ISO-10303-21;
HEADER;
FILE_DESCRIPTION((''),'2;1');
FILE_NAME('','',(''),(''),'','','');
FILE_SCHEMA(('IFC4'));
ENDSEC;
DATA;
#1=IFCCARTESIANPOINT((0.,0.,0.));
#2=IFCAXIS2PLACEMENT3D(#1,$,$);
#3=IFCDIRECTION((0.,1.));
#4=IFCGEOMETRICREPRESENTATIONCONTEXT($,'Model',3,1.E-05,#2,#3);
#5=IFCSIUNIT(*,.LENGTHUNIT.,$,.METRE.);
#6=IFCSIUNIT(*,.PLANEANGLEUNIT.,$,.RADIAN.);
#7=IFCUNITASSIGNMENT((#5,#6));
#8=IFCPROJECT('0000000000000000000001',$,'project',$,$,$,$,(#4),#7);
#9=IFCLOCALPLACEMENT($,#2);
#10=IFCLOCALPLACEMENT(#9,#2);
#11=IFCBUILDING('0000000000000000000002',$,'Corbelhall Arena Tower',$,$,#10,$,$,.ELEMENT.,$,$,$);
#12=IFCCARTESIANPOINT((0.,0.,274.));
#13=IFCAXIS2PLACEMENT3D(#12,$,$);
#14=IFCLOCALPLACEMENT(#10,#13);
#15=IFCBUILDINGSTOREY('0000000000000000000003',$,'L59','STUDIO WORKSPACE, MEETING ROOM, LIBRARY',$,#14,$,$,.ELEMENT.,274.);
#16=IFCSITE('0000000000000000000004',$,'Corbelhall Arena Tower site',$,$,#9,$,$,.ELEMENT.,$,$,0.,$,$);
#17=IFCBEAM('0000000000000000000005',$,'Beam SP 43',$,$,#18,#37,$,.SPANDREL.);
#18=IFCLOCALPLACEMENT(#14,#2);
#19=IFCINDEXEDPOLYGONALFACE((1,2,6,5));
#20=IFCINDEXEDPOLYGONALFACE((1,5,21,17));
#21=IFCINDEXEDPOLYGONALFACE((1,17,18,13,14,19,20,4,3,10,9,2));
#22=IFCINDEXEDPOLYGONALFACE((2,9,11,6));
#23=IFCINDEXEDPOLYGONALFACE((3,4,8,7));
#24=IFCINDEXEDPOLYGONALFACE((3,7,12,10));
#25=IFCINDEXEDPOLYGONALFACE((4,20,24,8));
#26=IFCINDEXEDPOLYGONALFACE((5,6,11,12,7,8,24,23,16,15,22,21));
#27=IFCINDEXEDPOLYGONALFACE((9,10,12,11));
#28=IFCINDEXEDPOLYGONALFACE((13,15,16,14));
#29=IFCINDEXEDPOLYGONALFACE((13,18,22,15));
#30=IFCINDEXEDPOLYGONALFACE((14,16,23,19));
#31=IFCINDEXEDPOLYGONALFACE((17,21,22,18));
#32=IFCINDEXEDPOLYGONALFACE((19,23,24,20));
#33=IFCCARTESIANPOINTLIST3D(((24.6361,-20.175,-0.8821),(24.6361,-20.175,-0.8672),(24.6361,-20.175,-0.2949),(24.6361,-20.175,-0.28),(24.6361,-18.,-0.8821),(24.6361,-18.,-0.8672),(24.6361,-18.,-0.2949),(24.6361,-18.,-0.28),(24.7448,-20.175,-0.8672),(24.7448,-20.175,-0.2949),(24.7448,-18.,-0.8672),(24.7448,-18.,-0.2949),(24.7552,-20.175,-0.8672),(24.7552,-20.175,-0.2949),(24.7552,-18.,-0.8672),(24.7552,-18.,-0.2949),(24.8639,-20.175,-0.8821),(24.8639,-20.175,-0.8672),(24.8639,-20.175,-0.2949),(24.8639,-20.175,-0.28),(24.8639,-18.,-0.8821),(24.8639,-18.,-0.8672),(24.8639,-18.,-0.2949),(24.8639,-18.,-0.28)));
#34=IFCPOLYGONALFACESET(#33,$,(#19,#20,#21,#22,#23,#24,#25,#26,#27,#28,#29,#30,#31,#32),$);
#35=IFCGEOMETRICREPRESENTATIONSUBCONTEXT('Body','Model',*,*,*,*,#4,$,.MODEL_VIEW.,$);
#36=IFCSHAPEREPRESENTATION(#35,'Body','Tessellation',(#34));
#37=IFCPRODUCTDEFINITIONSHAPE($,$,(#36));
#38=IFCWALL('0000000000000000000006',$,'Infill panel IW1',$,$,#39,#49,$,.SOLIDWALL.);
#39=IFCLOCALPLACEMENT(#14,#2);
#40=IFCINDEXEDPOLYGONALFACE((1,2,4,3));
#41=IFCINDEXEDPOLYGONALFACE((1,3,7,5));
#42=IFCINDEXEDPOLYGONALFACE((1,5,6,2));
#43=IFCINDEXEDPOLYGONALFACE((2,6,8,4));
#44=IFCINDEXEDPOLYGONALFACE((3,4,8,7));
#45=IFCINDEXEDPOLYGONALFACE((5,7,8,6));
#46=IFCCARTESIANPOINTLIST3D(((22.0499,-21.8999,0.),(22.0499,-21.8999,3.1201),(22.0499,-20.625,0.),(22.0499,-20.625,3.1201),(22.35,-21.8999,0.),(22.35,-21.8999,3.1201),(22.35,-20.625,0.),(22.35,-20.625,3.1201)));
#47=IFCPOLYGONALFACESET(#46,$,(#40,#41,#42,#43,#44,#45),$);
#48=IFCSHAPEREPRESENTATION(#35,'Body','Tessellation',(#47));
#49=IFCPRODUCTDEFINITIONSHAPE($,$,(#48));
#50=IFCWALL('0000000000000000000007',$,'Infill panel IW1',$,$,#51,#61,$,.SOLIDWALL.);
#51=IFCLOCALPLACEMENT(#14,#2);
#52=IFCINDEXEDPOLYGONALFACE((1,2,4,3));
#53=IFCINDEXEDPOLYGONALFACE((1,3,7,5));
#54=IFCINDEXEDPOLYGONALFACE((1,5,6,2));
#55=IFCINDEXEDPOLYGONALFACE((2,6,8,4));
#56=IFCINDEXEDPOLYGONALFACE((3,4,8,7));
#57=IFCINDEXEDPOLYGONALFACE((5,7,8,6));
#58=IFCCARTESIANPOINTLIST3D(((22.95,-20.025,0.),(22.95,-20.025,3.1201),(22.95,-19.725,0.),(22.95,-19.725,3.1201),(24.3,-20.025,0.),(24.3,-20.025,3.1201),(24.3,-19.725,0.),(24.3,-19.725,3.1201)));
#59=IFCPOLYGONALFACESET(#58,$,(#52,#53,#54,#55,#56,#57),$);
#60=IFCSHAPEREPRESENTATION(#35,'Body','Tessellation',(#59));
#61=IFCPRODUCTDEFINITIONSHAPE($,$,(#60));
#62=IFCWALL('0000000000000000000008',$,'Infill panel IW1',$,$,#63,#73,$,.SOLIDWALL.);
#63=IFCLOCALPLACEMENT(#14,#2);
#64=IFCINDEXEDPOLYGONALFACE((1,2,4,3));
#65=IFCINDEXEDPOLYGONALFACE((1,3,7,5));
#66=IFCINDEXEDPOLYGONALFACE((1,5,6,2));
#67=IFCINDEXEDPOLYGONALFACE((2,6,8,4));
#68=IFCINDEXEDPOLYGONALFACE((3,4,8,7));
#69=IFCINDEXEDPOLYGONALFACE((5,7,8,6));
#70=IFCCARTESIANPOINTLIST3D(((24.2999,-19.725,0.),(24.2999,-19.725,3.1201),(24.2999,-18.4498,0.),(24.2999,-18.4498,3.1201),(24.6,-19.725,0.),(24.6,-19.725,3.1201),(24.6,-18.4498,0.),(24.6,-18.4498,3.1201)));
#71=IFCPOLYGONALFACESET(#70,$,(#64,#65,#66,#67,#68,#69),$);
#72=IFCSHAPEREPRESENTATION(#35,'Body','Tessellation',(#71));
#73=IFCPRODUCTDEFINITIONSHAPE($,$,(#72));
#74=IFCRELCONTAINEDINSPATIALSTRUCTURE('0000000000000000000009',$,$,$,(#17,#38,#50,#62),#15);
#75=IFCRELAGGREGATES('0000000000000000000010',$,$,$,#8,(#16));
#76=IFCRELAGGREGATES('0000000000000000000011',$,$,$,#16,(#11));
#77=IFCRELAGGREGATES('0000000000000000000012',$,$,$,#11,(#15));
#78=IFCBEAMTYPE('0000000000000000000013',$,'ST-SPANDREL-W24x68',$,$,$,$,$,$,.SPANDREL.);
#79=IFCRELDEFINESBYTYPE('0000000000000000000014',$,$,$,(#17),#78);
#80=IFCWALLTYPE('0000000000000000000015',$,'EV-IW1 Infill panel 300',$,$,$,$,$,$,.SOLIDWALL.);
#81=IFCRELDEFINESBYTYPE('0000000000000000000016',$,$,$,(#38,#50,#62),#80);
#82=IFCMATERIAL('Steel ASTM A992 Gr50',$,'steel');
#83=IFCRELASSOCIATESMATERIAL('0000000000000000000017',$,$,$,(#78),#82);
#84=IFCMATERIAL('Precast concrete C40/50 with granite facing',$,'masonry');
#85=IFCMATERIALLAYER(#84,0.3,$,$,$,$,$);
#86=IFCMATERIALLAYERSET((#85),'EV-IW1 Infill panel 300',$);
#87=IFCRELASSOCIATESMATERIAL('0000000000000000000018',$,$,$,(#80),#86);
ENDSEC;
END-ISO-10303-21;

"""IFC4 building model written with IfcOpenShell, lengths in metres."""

from ifc_helpers import new_model, si_unit, direction, frame, frame_2d, origin, origin_2d, place, context, subcontext, project, spatial, rectangle, i_section, extrude, material, layer, layer_set, material_profile, profile_set, type_object, element, save


model = new_model("IFC4")

# Units and contexts
model_context = context("Model", 3, precision=1e-05, world=origin(), true_north=direction((0.0, 1.0)))
body_context = subcontext(model_context, "Body", "Model", "MODEL_VIEW")
ifc_project = project(units=[si_unit("LENGTHUNIT", "METRE"), si_unit("PLANEANGLEUNIT", "RADIAN")], contexts=[model_context])

# Site, building, storey
site_placement = place(None, origin())
site = spatial("IfcSite", under=ifc_project, at=site_placement, Name="Corbelhall Arena Tower site", CompositionType="ELEMENT", RefElevation=0.0)
building_placement = place(site_placement, origin())
building = spatial("IfcBuilding", under=site, at=building_placement, Name="Corbelhall Arena Tower", CompositionType="ELEMENT")
storey_placement = place(building_placement, frame((0.0, 0.0, 274.0)))
storey = spatial("IfcBuildingStorey", under=building, at=storey_placement, Name="L59", Description="STUDIO WORKSPACE, MEETING ROOM, LIBRARY", CompositionType="ELEMENT", Elevation=274.0)

# Beam
ifc_material_1 = material(Name="Steel ASTM A992 Gr50", Category="steel")
ifc_material_profile_1 = material_profile(ifc_material_1, i_section(OverallWidth=0.2278, OverallDepth=0.6021, WebThickness=0.0105, FlangeThickness=0.0149, at=origin_2d()))
ifc_profile_set_1 = profile_set([ifc_material_profile_1], Name="Steel ASTM A992 Gr50")
beam_type = type_object("IfcBeamType", Name="ST-SPANDREL-W24x68", PredefinedType="SPANDREL", material=ifc_profile_set_1)
beam_1_placement = place(storey_placement, frame((24.75, -18.0, -0.5811), z_axis=(0.0, -1.0, 0.0), x_axis=(1.0, 0.0, 0.0)))
element("IfcBeam", 1, at=beam_1_placement, inside=storey, type_object=beam_type, Name="Beam SP 43", PredefinedType="SPANDREL", context=body_context, shape_type="SweptSolid", body=[
    extrude(i_section(OverallWidth=0.2278, OverallDepth=0.6021, WebThickness=0.0105, FlangeThickness=0.0149, at=origin_2d()), origin(), (0.0, 0.0, 1.0), 2.175),
])

# Shared definitions
ifc_material_2 = material(Name="Precast concrete C40/50 with granite facing", Category="masonry")
ifc_layer_1 = layer(ifc_material_2, 0.3)
ifc_layer_set_1 = layer_set([ifc_layer_1], Name="EV-IW1 Infill panel 300")
wall_type_1 = type_object("IfcWallType", Name="EV-IW1 Infill panel 300", PredefinedType="SOLIDWALL", material=ifc_layer_set_1)

# Walls
wall_1_placement = place(storey_placement, frame((22.2, -21.8999, 0.0), z_axis=(0.0, 0.0, 1.0), x_axis=(0.0, 1.0, 0.0)))
element("IfcWall", 2, at=wall_1_placement, inside=storey, type_object=wall_type_1, Name="Infill panel IW1", PredefinedType="SOLIDWALL", context=body_context, shape_type="SweptSolid", body=[
    extrude(rectangle(XDim=1.2749, YDim=0.3, at=frame_2d((0.6375, 0.0))), origin(), (0.0, 0.0, 1.0), 3.1201),
])
wall_2_placement = place(storey_placement, frame((22.95, -19.875, 0.0), z_axis=(0.0, 0.0, 1.0), x_axis=(1.0, 0.0, 0.0)))
element("IfcWall", 3, at=wall_2_placement, inside=storey, type_object=wall_type_1, Name="Infill panel IW1", PredefinedType="SOLIDWALL", context=body_context, shape_type="SweptSolid", body=[
    extrude(rectangle(XDim=1.3501, YDim=0.3, at=frame_2d((0.675, 0.0))), origin(), (0.0, 0.0, 1.0), 3.1201),
])
wall_3_placement = place(storey_placement, frame((24.45, -19.7251, 0.0), z_axis=(0.0, 0.0, 1.0), x_axis=(0.0, 1.0, 0.0)))
element("IfcWall", 4, at=wall_3_placement, inside=storey, type_object=wall_type_1, Name="Infill panel IW1", PredefinedType="SOLIDWALL", context=body_context, shape_type="SweptSolid", body=[
    extrude(rectangle(XDim=1.2751, YDim=0.3, at=frame_2d((0.6377, 0.0))), origin(), (0.0, 0.0, 1.0), 3.1201),
])

save(model, "model.ifc")
